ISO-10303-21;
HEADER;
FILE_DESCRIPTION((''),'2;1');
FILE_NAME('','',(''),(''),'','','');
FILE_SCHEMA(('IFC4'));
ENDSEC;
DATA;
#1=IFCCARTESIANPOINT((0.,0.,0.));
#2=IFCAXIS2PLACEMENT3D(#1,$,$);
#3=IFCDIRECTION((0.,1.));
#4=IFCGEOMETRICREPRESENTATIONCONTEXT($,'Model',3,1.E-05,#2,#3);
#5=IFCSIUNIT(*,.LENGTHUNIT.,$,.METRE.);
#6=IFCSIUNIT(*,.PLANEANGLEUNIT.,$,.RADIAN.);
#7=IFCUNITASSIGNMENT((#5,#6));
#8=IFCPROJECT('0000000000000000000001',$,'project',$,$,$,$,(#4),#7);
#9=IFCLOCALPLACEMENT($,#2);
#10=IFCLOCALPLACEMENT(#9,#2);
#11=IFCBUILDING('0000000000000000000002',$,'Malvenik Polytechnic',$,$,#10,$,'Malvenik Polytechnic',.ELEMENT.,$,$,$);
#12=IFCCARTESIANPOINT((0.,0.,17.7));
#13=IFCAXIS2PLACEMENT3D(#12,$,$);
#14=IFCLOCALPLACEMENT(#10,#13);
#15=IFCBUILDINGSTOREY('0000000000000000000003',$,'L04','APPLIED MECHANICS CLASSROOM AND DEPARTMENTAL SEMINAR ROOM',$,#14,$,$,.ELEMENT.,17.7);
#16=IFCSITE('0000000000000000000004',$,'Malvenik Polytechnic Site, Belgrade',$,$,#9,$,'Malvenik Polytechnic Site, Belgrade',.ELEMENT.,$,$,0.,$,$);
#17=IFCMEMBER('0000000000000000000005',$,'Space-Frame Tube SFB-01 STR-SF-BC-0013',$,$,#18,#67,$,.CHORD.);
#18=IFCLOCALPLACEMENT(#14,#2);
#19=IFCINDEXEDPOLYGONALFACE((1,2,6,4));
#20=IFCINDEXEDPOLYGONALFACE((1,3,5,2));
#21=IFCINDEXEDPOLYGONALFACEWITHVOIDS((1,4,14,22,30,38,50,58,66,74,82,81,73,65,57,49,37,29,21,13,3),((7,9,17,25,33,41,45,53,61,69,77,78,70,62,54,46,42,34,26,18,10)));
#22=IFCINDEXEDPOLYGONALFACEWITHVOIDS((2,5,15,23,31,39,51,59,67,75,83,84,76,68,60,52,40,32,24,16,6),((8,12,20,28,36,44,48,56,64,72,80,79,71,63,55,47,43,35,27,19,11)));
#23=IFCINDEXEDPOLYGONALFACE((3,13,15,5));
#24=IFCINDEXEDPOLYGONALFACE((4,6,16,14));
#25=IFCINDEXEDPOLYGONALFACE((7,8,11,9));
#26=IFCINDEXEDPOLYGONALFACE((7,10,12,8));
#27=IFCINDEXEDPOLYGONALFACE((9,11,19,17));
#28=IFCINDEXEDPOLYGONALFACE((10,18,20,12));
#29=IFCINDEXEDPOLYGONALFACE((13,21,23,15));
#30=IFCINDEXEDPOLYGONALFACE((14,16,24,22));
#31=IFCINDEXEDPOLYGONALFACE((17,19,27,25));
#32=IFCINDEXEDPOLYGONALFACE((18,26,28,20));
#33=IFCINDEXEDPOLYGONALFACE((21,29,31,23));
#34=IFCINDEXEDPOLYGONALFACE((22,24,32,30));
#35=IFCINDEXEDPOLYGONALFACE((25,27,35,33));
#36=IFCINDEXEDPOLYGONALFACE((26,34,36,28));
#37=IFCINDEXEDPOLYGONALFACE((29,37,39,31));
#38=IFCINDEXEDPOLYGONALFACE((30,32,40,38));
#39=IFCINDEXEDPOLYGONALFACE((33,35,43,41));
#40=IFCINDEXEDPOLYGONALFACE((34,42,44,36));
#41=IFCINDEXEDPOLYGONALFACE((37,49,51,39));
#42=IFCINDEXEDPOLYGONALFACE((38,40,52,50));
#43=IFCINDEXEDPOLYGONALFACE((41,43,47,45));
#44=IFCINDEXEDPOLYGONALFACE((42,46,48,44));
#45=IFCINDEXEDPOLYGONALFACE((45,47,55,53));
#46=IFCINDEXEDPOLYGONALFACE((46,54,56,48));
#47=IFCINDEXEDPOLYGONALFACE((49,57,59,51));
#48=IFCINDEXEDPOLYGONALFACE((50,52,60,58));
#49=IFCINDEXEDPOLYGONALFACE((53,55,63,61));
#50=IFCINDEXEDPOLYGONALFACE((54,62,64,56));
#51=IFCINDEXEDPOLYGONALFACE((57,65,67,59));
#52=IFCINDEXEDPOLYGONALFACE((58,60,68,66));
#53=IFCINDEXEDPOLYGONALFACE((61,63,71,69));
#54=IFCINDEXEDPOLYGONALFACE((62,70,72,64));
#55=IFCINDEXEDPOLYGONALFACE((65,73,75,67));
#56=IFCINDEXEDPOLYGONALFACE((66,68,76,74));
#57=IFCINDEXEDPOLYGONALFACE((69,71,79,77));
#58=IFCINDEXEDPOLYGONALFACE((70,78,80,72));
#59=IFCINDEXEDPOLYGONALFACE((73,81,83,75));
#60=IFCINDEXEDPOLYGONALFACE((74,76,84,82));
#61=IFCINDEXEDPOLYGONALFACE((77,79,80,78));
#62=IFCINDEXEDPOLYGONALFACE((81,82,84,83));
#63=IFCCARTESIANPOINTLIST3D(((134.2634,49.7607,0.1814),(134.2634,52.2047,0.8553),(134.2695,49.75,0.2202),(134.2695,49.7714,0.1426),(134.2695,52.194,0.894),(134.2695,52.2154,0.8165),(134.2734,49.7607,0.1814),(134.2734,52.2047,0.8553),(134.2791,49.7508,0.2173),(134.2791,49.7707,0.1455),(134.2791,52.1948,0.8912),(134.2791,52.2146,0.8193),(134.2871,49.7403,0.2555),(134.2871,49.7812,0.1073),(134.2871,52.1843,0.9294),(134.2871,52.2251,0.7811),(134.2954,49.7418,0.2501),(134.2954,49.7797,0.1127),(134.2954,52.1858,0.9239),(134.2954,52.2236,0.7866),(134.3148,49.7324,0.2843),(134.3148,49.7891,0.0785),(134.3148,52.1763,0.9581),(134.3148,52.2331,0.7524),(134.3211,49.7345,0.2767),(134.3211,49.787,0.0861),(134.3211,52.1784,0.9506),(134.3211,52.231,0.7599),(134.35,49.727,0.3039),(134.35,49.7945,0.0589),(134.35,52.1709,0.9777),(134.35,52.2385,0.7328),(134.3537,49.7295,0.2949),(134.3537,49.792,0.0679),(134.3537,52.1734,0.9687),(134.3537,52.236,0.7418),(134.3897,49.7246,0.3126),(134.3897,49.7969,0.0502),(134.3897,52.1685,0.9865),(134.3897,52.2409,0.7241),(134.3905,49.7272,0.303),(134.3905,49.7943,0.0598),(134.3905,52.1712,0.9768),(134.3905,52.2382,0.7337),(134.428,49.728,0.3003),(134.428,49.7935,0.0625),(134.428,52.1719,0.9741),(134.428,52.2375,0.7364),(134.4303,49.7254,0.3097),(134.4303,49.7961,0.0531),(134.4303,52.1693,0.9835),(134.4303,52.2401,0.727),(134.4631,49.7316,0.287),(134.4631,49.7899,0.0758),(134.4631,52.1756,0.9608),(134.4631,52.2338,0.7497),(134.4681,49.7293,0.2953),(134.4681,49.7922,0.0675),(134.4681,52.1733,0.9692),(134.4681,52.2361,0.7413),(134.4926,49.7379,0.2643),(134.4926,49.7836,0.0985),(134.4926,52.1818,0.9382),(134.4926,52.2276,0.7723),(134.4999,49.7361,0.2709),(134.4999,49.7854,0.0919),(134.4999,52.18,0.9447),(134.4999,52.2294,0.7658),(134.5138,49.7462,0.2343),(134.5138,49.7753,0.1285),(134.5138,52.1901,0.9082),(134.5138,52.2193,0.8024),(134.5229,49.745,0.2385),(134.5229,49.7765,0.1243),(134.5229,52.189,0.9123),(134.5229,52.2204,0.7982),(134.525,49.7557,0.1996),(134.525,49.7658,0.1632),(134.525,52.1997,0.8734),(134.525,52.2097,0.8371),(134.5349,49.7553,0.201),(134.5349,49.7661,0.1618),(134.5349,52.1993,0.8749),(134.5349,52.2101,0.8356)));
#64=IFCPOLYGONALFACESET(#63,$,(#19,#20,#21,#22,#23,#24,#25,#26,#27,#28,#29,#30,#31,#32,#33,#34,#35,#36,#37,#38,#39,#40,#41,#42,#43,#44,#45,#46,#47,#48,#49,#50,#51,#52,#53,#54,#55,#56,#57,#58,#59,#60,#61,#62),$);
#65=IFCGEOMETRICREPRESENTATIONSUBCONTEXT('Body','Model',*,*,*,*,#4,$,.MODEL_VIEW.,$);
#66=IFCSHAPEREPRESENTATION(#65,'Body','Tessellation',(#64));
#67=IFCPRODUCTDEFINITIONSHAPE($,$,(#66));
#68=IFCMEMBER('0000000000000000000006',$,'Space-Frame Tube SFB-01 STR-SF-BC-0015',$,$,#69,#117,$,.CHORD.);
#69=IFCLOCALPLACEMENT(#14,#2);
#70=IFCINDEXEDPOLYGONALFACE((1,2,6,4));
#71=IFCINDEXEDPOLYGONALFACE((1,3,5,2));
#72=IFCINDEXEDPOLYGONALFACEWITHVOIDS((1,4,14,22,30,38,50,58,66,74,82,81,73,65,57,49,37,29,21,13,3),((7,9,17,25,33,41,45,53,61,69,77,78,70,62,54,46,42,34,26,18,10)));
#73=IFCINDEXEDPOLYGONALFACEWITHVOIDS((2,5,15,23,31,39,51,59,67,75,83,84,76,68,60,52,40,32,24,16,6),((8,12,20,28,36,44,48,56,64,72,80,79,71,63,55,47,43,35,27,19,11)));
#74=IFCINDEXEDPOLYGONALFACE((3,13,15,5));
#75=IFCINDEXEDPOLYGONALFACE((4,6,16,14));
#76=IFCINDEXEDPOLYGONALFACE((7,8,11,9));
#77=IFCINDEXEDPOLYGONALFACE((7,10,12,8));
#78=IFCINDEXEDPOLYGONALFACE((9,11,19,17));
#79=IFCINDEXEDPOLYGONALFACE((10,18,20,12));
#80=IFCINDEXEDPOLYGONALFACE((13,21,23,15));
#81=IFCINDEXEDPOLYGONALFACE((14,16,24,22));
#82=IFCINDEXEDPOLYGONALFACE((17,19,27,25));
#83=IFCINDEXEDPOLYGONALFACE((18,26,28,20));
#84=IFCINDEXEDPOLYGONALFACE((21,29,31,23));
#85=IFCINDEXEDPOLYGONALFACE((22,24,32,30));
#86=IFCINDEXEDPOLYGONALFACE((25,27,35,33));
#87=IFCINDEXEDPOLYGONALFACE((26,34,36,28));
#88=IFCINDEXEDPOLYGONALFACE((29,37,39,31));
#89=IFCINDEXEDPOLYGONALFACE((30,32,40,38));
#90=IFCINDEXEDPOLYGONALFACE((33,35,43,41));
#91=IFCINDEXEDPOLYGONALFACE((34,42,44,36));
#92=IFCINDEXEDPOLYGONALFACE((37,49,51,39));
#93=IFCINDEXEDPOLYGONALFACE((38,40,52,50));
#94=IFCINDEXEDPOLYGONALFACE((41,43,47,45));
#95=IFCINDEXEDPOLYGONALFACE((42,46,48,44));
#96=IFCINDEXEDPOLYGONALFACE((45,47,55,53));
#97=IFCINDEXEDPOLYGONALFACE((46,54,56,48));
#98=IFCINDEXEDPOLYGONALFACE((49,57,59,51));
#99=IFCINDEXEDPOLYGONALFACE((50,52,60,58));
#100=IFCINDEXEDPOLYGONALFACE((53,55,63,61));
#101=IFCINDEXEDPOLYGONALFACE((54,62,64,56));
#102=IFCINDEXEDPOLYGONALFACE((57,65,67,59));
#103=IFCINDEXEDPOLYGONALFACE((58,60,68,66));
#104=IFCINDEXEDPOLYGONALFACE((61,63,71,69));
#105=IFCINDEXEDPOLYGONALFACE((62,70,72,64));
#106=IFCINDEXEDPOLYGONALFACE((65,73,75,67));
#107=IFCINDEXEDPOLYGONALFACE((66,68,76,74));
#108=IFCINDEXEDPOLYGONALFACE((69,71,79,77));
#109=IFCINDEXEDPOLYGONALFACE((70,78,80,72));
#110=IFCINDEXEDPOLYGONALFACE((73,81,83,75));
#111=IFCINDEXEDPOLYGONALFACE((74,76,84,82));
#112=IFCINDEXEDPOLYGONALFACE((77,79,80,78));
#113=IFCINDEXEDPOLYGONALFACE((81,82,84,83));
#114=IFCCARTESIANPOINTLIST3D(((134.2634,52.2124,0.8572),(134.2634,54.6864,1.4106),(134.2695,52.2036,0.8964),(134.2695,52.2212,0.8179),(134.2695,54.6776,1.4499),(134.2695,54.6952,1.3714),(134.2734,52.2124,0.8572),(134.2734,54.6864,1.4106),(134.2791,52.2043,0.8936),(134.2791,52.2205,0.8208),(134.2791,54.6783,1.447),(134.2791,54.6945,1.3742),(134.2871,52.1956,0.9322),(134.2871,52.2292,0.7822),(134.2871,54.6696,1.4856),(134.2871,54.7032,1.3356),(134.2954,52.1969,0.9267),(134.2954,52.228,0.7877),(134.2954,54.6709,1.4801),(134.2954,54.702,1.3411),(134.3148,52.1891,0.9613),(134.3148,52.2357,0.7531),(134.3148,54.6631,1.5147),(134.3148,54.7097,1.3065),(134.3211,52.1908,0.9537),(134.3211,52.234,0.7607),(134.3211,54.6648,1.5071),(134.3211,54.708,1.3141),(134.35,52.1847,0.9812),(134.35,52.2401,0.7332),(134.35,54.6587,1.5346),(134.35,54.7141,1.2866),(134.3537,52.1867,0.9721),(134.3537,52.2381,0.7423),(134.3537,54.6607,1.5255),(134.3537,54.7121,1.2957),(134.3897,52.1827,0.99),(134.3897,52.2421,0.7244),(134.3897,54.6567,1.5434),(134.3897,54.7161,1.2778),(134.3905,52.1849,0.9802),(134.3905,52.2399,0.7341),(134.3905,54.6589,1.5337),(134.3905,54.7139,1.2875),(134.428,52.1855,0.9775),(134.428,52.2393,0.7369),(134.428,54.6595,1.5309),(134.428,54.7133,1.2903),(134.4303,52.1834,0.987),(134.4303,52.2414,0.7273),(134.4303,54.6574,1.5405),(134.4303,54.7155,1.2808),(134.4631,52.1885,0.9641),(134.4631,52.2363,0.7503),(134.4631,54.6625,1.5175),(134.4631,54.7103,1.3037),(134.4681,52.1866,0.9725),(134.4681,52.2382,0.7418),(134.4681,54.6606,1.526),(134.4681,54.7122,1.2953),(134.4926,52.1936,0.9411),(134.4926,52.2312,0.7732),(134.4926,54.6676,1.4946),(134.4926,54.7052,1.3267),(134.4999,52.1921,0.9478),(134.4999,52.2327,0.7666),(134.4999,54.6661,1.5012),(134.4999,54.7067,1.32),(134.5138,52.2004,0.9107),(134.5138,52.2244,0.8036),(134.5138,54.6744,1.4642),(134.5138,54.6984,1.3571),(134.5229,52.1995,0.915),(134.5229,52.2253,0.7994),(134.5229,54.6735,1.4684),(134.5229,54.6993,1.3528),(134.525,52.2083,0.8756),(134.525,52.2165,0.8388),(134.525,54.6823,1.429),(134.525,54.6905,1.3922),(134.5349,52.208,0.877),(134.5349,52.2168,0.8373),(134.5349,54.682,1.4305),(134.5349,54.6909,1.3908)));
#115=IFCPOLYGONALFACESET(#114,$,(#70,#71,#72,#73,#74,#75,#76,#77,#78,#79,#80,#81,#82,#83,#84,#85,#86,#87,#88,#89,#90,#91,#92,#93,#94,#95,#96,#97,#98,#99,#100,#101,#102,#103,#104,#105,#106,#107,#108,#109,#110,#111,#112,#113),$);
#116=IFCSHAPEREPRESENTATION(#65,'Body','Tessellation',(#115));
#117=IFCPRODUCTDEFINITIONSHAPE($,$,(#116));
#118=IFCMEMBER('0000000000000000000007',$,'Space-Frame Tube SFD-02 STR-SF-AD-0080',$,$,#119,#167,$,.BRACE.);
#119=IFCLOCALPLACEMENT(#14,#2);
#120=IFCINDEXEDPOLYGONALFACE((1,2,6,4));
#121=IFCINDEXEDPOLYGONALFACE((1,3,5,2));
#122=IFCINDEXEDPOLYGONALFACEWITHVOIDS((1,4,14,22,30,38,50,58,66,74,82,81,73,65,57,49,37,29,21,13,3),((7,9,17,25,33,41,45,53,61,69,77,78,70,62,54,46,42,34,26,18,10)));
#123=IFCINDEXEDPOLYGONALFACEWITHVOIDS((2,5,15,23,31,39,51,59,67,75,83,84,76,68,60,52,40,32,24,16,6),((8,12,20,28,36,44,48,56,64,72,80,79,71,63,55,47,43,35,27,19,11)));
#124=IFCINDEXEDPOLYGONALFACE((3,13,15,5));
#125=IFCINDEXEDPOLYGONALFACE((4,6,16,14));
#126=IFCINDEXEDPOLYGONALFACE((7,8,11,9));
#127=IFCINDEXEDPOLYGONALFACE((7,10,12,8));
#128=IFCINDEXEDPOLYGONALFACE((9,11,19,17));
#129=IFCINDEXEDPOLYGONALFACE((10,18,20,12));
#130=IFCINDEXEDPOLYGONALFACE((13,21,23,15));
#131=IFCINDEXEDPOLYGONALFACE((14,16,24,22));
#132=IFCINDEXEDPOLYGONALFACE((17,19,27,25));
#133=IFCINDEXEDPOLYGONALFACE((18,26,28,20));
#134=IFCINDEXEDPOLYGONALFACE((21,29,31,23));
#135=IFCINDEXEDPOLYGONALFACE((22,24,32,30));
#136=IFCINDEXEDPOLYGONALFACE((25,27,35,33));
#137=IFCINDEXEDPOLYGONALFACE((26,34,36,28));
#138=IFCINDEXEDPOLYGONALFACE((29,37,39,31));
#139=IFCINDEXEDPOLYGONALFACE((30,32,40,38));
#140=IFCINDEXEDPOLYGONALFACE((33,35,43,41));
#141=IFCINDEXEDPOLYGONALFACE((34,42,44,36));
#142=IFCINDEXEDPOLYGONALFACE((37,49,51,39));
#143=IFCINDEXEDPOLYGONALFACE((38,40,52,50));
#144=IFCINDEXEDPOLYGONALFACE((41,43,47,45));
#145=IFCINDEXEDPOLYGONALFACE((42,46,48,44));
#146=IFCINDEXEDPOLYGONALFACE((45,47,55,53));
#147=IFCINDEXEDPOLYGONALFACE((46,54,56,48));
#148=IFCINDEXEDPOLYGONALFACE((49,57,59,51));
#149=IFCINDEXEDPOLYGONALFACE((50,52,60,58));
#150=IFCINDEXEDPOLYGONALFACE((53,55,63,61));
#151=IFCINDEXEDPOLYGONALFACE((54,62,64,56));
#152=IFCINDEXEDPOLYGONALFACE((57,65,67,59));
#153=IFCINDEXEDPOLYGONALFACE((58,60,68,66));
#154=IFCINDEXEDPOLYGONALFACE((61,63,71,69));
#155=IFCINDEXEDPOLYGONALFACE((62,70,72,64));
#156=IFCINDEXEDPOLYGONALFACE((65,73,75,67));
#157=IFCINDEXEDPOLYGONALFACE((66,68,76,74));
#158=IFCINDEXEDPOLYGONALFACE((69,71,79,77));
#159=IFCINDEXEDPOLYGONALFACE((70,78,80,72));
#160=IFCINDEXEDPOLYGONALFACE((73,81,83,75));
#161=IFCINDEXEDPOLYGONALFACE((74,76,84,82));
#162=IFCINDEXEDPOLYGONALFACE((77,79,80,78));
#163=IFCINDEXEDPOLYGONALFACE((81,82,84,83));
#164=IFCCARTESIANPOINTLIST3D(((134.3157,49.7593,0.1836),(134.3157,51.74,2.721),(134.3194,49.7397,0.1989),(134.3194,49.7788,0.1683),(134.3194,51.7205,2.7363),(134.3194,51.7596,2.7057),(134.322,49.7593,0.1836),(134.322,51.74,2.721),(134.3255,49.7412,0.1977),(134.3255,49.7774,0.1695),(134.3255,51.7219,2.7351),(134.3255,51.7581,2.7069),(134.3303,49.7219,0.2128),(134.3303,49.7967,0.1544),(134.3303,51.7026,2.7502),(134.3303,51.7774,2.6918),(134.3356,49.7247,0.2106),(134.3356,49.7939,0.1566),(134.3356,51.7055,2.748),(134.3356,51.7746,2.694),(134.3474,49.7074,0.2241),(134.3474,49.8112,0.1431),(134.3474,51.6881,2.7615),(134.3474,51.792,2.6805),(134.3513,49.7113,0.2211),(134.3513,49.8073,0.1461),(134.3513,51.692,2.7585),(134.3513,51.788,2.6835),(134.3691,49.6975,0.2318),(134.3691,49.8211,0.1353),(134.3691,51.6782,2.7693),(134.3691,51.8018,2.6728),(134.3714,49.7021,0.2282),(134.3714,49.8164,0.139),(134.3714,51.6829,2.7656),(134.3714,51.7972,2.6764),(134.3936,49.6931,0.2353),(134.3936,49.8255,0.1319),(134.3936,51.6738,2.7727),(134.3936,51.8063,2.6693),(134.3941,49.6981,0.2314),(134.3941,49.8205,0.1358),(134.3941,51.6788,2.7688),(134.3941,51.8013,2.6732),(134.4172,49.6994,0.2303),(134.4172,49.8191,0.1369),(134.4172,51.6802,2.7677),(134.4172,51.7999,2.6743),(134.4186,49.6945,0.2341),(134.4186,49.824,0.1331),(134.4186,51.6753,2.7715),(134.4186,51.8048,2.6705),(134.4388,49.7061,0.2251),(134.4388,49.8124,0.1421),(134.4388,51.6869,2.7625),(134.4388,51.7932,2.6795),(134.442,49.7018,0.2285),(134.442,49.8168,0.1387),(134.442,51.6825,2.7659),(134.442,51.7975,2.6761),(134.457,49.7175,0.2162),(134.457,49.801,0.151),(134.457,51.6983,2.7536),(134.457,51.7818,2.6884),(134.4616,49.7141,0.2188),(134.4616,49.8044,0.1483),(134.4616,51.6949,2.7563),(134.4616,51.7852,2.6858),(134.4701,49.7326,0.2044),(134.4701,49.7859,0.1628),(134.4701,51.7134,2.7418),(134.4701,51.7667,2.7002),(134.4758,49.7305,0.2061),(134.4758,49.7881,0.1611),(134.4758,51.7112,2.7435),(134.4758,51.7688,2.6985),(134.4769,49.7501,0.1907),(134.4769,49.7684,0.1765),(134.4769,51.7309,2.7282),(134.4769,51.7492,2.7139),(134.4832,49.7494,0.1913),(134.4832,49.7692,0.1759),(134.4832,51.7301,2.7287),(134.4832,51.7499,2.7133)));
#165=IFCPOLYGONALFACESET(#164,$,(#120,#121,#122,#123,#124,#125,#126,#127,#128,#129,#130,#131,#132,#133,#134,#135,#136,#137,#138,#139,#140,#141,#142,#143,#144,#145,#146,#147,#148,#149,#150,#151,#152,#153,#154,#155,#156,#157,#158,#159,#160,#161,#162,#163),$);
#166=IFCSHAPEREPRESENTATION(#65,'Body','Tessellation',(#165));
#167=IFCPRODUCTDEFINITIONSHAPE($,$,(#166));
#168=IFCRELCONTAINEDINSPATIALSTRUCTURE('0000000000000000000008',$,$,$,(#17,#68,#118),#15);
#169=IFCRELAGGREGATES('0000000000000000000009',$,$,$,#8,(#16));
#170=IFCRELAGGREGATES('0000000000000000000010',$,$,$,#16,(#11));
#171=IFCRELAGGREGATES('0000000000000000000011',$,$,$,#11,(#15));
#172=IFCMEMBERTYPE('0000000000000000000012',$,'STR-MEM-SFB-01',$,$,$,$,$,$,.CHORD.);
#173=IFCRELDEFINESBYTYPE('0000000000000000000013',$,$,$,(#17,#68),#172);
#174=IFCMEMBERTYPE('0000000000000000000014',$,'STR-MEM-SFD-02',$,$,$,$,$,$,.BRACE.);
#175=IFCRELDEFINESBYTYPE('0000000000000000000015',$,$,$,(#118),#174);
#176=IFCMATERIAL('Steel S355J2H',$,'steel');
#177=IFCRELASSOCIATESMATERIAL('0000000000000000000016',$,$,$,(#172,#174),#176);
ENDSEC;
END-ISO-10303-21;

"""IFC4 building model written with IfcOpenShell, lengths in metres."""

from ifc_helpers import new_model, si_unit, direction, frame, origin, origin_2d, place, context, subcontext, project, spatial, hollow_circle, extrude, material, material_profile, profile_set, type_object, element, save


model = new_model("IFC4")

# Units and contexts
model_context = context("Model", 3, precision=1e-05, world=origin(), true_north=direction((0.0, 1.0)))
body_context = subcontext(model_context, "Body", "Model", "MODEL_VIEW")
ifc_project = project(units=[si_unit("LENGTHUNIT", "METRE"), si_unit("PLANEANGLEUNIT", "RADIAN")], contexts=[model_context])

# Site, building, storey
site_placement = place(None, origin())
site = spatial("IfcSite", under=ifc_project, at=site_placement, Name="Malvenik Polytechnic Site, Belgrade", LongName="Malvenik Polytechnic Site, Belgrade", CompositionType="ELEMENT", RefElevation=0.0)
building_placement = place(site_placement, origin())
building = spatial("IfcBuilding", under=site, at=building_placement, Name="Malvenik Polytechnic", LongName="Malvenik Polytechnic", CompositionType="ELEMENT")
storey_placement = place(building_placement, frame((0.0, 0.0, 17.7)))
storey = spatial("IfcBuildingStorey", under=building, at=storey_placement, Name="L04", Description="APPLIED MECHANICS CLASSROOM AND DEPARTMENTAL SEMINAR ROOM", CompositionType="ELEMENT", Elevation=17.7)

# Members
ifc_material = material(Name="Steel S355J2H", Category="steel")
ifc_material_profile_1 = material_profile(ifc_material, hollow_circle(Radius=0.1365, WallThickness=0.01, at=origin_2d()), Name="CHS 273.0x10.0")
ifc_profile_set_1 = profile_set([ifc_material_profile_1], Name="Steel S355J2H")
member_type_1 = type_object("IfcMemberType", Name="STR-MEM-SFB-01", PredefinedType="CHORD", material=ifc_profile_set_1)
for number, where, z_axis, x_axis, name in (
    (1, (134.3999, 49.7607, 0.1814), (0.0, 0.964027, 0.265806), (-1.0, 0.0, 0.0), "Space-Frame Tube SFB-01 STR-SF-BC-0013"),
    (2, (134.3999, 52.2124, 0.8572), (0.0, 0.97588, 0.218307), (-1.0, 0.0, 0.0), "Space-Frame Tube SFB-01 STR-SF-BC-0015"),
):
    element("IfcMember", number, at=place(storey_placement, frame(where, z_axis=z_axis, x_axis=x_axis)), inside=storey, type_object=member_type_1, Name=name, PredefinedType="CHORD", context=body_context, shape_type="SweptSolid", body=[
        extrude(hollow_circle(Radius=0.1365, WallThickness=0.01, at=origin_2d()), origin(), (0.0, 0.0, 1.0), 2.5352),
    ])
ifc_material_profile_2 = material_profile(ifc_material, hollow_circle(Radius=0.0842, WallThickness=0.0063, at=origin_2d()), Name="CHS 168.3x6.3")
ifc_profile_set_2 = profile_set([ifc_material_profile_2], Name="Steel S355J2H")
member_type_2 = type_object("IfcMemberType", Name="STR-MEM-SFD-02", PredefinedType="BRACE", material=ifc_profile_set_2)
member_1_placement = place(storey_placement, frame((134.3999, 49.7593, 0.1836), z_axis=(0.0, 0.615336, 0.788265), x_axis=(-1.0, 0.0, 0.0)))
element("IfcMember", 3, at=member_1_placement, inside=storey, type_object=member_type_2, Name="Space-Frame Tube SFD-02 STR-SF-AD-0080", PredefinedType="BRACE", context=body_context, shape_type="SweptSolid", body=[
    extrude(hollow_circle(Radius=0.0842, WallThickness=0.0063, at=origin_2d()), origin(), (0.0, 0.0, 1.0), 3.219),
])

save(model, "model.ifc")
